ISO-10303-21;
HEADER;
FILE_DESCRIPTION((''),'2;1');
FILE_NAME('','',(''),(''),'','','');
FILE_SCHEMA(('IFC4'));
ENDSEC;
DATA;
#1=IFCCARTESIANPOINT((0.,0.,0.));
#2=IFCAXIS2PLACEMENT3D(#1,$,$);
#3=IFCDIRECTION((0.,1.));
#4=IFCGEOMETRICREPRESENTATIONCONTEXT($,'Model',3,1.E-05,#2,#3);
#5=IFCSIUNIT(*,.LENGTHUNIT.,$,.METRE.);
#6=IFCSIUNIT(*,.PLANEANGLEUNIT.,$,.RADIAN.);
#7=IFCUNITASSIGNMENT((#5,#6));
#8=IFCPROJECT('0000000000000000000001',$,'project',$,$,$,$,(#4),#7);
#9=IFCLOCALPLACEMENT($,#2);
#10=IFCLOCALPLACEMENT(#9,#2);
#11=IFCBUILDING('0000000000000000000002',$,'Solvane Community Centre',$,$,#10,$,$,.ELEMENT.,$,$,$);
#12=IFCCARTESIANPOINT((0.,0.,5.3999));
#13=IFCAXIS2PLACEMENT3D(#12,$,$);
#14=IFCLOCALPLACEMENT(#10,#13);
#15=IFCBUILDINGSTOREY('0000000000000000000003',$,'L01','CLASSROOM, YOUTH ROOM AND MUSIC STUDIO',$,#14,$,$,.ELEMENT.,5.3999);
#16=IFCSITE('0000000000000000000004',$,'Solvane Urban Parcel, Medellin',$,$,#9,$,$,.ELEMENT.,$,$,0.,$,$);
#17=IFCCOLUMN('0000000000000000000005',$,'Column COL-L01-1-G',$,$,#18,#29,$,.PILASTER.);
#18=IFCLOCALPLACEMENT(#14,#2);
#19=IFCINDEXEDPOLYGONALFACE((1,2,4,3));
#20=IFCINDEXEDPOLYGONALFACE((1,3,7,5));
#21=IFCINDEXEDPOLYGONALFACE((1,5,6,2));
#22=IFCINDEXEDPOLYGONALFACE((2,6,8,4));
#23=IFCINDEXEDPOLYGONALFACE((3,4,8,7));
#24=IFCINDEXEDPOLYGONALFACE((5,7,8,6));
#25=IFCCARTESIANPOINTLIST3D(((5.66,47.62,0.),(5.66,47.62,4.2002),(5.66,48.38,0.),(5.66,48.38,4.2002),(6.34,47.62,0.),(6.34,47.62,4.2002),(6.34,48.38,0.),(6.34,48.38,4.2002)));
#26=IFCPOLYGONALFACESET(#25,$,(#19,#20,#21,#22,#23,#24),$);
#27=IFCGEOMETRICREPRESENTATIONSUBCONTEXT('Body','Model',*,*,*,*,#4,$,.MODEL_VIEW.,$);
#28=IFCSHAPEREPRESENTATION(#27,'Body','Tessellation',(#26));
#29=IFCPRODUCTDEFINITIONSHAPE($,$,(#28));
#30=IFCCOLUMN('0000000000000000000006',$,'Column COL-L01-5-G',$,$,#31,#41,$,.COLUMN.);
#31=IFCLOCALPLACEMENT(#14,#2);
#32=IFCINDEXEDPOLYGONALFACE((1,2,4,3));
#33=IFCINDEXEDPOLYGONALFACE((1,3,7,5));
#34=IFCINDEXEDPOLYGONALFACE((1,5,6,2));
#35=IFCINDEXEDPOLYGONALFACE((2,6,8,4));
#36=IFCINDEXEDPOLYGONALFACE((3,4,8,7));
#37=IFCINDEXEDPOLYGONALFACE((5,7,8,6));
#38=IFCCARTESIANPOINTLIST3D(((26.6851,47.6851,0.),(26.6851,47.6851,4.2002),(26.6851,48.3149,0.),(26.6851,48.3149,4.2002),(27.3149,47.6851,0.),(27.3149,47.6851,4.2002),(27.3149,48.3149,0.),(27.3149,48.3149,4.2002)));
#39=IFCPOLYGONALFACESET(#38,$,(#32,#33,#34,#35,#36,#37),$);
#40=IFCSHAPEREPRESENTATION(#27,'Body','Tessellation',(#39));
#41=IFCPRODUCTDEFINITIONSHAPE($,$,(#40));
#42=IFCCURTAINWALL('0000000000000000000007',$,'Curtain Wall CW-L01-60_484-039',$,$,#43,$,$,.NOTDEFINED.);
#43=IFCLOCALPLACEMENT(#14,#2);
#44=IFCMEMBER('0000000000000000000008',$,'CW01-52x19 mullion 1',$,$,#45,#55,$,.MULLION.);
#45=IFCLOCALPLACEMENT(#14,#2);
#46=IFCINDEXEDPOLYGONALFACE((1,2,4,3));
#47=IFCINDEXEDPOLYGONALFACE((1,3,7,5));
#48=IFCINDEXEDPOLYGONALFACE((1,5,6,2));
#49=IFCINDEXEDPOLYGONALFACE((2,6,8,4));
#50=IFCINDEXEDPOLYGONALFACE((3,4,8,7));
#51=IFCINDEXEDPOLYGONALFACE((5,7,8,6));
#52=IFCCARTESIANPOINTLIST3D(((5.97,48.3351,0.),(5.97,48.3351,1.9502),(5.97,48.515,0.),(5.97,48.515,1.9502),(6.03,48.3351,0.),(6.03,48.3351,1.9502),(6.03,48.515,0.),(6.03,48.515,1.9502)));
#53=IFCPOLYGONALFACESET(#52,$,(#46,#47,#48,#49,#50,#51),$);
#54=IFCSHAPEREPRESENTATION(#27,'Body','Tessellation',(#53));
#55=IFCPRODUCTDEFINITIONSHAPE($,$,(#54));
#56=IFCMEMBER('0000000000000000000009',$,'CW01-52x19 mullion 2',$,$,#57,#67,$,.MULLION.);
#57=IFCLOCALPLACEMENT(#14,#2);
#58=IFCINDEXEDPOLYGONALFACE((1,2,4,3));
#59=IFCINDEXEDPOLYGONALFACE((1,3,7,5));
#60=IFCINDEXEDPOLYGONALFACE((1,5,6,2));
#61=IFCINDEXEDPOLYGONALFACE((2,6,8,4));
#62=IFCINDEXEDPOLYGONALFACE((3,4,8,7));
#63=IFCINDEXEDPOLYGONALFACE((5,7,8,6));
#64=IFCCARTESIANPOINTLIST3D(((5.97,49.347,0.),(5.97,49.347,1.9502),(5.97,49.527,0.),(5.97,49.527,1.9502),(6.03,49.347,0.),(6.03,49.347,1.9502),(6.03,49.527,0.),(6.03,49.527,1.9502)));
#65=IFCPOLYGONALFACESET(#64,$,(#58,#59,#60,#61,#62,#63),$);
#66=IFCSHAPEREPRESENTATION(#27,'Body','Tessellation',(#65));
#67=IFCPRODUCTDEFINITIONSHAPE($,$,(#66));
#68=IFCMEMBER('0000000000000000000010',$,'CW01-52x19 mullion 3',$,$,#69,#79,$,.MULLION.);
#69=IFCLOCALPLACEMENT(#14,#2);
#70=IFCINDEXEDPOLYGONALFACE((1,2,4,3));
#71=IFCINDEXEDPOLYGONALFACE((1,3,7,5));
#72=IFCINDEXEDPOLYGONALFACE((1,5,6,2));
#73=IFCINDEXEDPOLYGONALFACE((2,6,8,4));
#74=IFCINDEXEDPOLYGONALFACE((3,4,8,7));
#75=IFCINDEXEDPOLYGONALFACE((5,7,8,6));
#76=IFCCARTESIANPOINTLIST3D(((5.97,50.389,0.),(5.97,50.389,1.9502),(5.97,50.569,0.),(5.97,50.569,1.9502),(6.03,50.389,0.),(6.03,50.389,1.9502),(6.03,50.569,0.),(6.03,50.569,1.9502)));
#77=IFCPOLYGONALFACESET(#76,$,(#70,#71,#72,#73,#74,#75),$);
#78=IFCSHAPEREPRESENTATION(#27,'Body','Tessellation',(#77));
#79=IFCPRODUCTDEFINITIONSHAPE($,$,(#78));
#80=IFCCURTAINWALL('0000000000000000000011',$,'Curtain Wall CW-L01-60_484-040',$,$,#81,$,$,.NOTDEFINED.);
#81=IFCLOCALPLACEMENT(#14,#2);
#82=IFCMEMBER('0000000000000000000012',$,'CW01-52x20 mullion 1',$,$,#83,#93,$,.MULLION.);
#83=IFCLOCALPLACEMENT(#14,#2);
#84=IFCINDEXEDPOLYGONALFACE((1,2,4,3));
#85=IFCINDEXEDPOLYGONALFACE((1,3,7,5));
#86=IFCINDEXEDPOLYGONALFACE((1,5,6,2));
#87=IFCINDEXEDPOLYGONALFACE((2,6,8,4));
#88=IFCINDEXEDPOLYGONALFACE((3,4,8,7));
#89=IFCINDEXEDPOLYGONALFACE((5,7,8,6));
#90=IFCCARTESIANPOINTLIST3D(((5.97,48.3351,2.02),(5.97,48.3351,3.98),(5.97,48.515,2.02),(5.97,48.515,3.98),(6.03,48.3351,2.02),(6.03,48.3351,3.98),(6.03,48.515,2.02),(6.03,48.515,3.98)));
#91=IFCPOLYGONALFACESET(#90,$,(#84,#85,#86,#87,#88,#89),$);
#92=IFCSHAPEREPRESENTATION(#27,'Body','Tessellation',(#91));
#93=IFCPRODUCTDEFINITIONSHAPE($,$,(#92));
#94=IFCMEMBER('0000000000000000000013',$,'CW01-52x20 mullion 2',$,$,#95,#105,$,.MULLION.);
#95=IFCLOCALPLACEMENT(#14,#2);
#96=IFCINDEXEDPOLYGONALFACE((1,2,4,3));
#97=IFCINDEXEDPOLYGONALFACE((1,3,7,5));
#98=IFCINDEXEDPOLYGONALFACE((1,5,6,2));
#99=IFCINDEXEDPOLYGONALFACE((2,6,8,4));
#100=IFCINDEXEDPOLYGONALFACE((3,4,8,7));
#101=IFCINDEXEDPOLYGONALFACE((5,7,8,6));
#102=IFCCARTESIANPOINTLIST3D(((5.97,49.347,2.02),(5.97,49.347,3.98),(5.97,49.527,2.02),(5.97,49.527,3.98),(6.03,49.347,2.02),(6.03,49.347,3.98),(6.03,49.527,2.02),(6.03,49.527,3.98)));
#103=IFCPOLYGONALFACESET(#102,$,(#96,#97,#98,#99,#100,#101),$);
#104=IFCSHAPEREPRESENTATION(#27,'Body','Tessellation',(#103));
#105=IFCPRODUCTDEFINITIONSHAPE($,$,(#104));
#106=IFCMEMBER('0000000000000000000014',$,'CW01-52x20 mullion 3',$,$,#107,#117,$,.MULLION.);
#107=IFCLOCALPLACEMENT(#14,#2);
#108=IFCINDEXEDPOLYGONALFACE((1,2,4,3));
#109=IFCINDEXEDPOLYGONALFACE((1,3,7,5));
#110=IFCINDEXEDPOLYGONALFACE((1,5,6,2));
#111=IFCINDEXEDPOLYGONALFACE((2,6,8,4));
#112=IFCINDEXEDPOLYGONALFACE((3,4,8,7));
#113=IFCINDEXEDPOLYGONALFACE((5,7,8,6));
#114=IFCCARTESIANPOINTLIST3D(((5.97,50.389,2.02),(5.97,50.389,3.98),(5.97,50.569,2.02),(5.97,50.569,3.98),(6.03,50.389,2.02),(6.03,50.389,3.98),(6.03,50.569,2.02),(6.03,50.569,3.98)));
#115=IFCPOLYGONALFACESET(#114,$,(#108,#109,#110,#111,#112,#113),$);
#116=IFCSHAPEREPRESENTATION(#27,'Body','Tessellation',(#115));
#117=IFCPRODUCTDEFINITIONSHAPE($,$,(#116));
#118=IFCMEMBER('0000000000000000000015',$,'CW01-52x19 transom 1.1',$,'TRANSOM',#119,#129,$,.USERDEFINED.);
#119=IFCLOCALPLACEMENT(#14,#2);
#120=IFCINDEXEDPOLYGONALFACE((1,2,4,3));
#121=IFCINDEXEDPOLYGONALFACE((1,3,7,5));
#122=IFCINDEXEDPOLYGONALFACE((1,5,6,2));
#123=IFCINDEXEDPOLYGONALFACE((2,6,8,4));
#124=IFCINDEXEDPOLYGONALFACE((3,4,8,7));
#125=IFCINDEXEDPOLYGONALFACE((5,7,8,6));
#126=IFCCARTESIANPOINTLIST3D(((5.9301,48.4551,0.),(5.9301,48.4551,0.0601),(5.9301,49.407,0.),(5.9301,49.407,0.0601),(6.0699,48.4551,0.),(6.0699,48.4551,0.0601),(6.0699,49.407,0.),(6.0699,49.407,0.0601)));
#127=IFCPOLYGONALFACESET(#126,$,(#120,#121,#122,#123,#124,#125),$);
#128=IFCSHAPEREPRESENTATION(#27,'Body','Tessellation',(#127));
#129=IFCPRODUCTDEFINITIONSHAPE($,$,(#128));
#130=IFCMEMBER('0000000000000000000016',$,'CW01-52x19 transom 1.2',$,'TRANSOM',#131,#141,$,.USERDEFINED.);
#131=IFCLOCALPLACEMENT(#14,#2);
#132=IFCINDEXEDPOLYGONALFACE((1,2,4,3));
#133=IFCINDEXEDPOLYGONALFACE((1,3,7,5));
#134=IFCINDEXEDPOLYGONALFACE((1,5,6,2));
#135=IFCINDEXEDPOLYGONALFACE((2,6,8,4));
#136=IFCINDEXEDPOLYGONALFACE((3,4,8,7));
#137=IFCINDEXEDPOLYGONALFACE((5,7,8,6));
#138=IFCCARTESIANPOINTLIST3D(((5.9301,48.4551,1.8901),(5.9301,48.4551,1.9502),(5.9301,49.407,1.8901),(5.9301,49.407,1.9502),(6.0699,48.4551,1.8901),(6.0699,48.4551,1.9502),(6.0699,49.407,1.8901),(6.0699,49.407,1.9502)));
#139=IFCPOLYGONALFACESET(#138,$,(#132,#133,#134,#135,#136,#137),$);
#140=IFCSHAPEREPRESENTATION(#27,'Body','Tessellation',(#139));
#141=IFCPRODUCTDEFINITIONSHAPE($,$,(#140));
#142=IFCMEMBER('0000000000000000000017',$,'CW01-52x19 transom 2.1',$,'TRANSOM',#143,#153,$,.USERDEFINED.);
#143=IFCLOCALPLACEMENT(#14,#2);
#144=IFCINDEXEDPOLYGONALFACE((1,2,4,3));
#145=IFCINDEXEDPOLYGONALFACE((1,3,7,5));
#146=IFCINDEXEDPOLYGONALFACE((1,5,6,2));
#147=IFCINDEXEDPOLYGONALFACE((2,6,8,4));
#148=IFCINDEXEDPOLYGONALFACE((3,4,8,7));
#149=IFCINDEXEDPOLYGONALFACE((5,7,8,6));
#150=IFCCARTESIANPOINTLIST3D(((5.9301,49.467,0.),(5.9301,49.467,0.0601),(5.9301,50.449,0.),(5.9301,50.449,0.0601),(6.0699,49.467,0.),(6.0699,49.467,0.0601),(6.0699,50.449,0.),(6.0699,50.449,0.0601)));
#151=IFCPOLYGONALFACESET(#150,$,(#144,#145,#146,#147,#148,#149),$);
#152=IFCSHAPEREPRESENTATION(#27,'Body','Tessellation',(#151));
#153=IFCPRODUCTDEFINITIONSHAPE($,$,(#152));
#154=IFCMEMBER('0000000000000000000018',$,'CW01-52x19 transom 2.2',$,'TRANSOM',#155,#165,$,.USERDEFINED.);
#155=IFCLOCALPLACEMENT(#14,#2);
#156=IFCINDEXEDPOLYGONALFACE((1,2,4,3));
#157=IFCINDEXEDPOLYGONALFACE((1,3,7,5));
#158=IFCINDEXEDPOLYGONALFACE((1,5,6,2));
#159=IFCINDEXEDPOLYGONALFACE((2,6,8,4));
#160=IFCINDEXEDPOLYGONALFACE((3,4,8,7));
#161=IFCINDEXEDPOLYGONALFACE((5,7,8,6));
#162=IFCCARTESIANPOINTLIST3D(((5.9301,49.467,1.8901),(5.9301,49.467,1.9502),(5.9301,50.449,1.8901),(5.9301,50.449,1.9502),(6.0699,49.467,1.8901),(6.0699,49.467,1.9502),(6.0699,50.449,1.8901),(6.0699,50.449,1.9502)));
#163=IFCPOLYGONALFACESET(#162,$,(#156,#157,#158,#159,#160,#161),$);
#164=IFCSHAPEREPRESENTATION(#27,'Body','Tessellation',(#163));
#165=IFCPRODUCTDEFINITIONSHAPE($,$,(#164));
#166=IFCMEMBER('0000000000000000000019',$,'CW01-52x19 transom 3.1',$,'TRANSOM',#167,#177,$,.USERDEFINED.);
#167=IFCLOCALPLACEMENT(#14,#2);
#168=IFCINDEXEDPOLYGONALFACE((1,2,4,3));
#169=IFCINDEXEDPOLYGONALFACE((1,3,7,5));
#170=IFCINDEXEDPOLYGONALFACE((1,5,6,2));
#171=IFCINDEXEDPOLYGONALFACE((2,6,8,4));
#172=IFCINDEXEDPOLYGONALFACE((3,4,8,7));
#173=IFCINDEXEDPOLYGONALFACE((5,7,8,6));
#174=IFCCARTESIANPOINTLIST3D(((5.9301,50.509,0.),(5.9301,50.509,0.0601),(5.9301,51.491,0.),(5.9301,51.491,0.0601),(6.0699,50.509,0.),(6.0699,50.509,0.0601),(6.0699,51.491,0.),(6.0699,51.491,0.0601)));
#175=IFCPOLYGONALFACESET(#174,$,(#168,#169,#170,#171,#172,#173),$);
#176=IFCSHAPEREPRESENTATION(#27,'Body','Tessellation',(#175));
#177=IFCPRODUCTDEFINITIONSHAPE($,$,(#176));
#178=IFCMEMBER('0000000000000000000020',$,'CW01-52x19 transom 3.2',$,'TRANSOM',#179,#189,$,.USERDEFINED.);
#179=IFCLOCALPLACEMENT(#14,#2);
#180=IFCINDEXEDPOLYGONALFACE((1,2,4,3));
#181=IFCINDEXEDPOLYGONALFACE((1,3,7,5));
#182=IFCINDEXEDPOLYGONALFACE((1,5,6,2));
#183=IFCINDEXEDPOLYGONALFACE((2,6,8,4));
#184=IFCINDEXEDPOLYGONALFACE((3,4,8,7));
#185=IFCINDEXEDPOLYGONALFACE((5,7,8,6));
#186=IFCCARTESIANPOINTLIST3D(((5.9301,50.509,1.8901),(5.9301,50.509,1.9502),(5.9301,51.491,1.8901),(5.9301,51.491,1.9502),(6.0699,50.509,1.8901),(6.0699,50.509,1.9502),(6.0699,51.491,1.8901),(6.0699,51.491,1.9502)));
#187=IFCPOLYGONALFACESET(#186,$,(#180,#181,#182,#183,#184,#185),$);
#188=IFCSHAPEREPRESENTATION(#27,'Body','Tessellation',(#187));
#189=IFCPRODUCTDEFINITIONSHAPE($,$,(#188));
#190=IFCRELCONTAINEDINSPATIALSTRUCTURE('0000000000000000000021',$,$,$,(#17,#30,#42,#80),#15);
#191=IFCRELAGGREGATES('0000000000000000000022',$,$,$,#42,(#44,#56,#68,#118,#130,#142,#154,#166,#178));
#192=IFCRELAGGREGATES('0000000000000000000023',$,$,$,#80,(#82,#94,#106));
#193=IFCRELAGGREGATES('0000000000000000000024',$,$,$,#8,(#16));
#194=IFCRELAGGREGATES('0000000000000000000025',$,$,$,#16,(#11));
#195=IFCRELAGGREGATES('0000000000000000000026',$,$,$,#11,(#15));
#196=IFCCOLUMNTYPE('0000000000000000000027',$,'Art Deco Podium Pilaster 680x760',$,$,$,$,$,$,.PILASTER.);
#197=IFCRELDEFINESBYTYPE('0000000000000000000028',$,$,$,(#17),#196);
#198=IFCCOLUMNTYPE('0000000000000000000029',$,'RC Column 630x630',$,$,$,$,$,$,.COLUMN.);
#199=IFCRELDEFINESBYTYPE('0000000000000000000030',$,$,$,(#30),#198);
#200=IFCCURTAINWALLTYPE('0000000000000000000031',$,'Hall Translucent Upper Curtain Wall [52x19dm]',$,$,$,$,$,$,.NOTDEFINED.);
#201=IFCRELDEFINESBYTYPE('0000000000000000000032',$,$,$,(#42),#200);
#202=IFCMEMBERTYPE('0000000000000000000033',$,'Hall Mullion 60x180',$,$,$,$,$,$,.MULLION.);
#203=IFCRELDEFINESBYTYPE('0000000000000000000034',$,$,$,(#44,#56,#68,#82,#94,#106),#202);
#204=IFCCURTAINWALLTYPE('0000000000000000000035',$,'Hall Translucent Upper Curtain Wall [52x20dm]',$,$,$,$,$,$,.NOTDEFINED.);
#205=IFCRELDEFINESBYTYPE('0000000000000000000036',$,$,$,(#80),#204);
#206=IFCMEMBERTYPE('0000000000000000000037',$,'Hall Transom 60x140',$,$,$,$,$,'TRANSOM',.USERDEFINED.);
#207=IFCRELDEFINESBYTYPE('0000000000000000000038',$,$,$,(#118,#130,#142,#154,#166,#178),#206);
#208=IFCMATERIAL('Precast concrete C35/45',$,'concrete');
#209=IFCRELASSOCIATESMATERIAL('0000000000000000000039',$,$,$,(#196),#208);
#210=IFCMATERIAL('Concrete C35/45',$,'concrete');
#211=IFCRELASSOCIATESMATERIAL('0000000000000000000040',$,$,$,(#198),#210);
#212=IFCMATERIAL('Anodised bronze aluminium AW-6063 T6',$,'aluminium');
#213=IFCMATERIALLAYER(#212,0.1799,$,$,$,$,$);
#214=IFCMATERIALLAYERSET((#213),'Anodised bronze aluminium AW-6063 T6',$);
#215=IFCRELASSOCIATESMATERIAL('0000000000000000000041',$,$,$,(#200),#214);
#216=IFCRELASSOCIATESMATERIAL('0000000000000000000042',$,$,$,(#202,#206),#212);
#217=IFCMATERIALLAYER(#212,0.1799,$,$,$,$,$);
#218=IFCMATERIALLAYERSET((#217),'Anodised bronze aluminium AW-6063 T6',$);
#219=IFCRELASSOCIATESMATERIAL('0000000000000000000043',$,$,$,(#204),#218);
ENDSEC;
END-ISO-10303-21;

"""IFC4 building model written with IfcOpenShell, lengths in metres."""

from ifc_helpers import new_model, si_unit, direction, frame, origin, origin_2d, place, context, subcontext, project, spatial, rectangle, extrude, material, layer, layer_set, material_profile, profile_set, type_object, element, aggregate, save


model = new_model("IFC4")

# Units and contexts
model_context = context("Model", 3, precision=1e-05, world=origin(), true_north=direction((0.0, 1.0)))
body_context = subcontext(model_context, "Body", "Model", "MODEL_VIEW")
ifc_project = project(units=[si_unit("LENGTHUNIT", "METRE"), si_unit("PLANEANGLEUNIT", "RADIAN")], contexts=[model_context])

# Site, building, storey
site_placement = place(None, origin())
site = spatial("IfcSite", under=ifc_project, at=site_placement, Name="Solvane Urban Parcel, Medellin", CompositionType="ELEMENT", RefElevation=0.0)
building_placement = place(site_placement, origin())
building = spatial("IfcBuilding", under=site, at=building_placement, Name="Solvane Community Centre", CompositionType="ELEMENT")
storey_placement = place(building_placement, frame((0.0, 0.0, 5.3999)))
storey = spatial("IfcBuildingStorey", under=building, at=storey_placement, Name="L01", Description="CLASSROOM, YOUTH ROOM AND MUSIC STUDIO", CompositionType="ELEMENT", Elevation=5.3999)

# Columns
ifc_material_1 = material(Name="Precast concrete C35/45", Category="concrete")
ifc_material_profile_1 = material_profile(ifc_material_1, rectangle(XDim=0.6799, YDim=0.76, at=origin_2d()), Name="RC 680x760")
ifc_profile_set_1 = profile_set([ifc_material_profile_1], Name="Precast concrete C35/45")
column_type_1 = type_object("IfcColumnType", Name="Art Deco Podium Pilaster 680x760", PredefinedType="PILASTER", material=ifc_profile_set_1)
column_1_placement = place(storey_placement, frame((6.0, 48.0, 0.0), z_axis=(0.0, 0.0, 1.0), x_axis=(1.0, 0.0, 0.0)))
element("IfcColumn", 1, at=column_1_placement, inside=storey, type_object=column_type_1, Name="Column COL-L01-1-G", PredefinedType="PILASTER", context=body_context, shape_type="SweptSolid", body=[
    extrude(rectangle(XDim=0.6799, YDim=0.76, at=origin_2d()), origin(), (0.0, 0.0, 1.0), 4.2002),
])
ifc_material_2 = material(Name="Concrete C35/45", Category="concrete")
ifc_material_profile_2 = material_profile(ifc_material_2, rectangle(XDim=0.6299, YDim=0.6299, at=origin_2d()), Name="RC 630x630")
ifc_profile_set_2 = profile_set([ifc_material_profile_2], Name="Concrete C35/45")
column_type_2 = type_object("IfcColumnType", Name="RC Column 630x630", PredefinedType="COLUMN", material=ifc_profile_set_2)
column_2_placement = place(storey_placement, frame((27.0, 48.0, 0.0), z_axis=(0.0, 0.0, 1.0), x_axis=(1.0, 0.0, 0.0)))
element("IfcColumn", 2, at=column_2_placement, inside=storey, type_object=column_type_2, Name="Column COL-L01-5-G", PredefinedType="COLUMN", context=body_context, shape_type="SweptSolid", body=[
    extrude(rectangle(XDim=0.6299, YDim=0.6299, at=origin_2d()), origin(), (0.0, 0.0, 1.0), 4.2002),
])

# Curtain walls, members
ifc_material_3 = material(Name="Anodised bronze aluminium AW-6063 T6", Category="aluminium")
ifc_layer_1 = layer(ifc_material_3, 0.1799)
ifc_layer_set_1 = layer_set([ifc_layer_1], Name="Anodised bronze aluminium AW-6063 T6")
curtain_wall_type_1 = type_object("IfcCurtainWallType", Name="Hall Translucent Upper Curtain Wall [52x19dm]", PredefinedType="NOTDEFINED", material=ifc_layer_set_1)
curtain_wall_1_placement = place(storey_placement, origin())
curtain_wall_1 = element("IfcCurtainWall", 3, at=curtain_wall_1_placement, inside=storey, type_object=curtain_wall_type_1, Name="Curtain Wall CW-L01-60_484-039", PredefinedType="NOTDEFINED")
ifc_material_profile_3 = material_profile(ifc_material_3, rectangle(XDim=0.0601, YDim=0.1799, at=origin_2d()), Name="CW-M 60x180")
ifc_profile_set_3 = profile_set([ifc_material_profile_3], Name="Anodised bronze aluminium AW-6063 T6")
member_type_1 = type_object("IfcMemberType", Name="Hall Mullion 60x180", PredefinedType="MULLION", material=ifc_profile_set_3)
member_1_placement = place(storey_placement, frame((6.0, 48.425, 0.0), z_axis=(0.0, 0.0, 1.0), x_axis=(-1.0, 0.0, 0.0)))
member_1 = element("IfcMember", 4, at=member_1_placement, type_object=member_type_1, Name="CW01-52x19 mullion 1", PredefinedType="MULLION", context=body_context, shape_type="SweptSolid", body=[
    extrude(rectangle(XDim=0.0601, YDim=0.1799, at=origin_2d()), origin(), (0.0, 0.0, 1.0), 1.9502),
])
member_2_placement = place(storey_placement, frame((6.0, 49.437, 0.0), z_axis=(0.0, 0.0, 1.0), x_axis=(-1.0, 0.0, 0.0)))
member_2 = element("IfcMember", 5, at=member_2_placement, type_object=member_type_1, Name="CW01-52x19 mullion 2", PredefinedType="MULLION", context=body_context, shape_type="SweptSolid", body=[
    extrude(rectangle(XDim=0.0601, YDim=0.1799, at=origin_2d()), origin(), (0.0, 0.0, 1.0), 1.9502),
])
member_3_placement = place(storey_placement, frame((6.0, 50.479, 0.0), z_axis=(0.0, 0.0, 1.0), x_axis=(-1.0, 0.0, 0.0)))
member_3 = element("IfcMember", 6, at=member_3_placement, type_object=member_type_1, Name="CW01-52x19 mullion 3", PredefinedType="MULLION", context=body_context, shape_type="SweptSolid", body=[
    extrude(rectangle(XDim=0.0601, YDim=0.1799, at=origin_2d()), origin(), (0.0, 0.0, 1.0), 1.9502),
])
ifc_layer_2 = layer(ifc_material_3, 0.1799)
ifc_layer_set_2 = layer_set([ifc_layer_2], Name="Anodised bronze aluminium AW-6063 T6")
curtain_wall_type_2 = type_object("IfcCurtainWallType", Name="Hall Translucent Upper Curtain Wall [52x20dm]", PredefinedType="NOTDEFINED", material=ifc_layer_set_2)
curtain_wall_2_placement = place(storey_placement, origin())
curtain_wall_2 = element("IfcCurtainWall", 7, at=curtain_wall_2_placement, inside=storey, type_object=curtain_wall_type_2, Name="Curtain Wall CW-L01-60_484-040", PredefinedType="NOTDEFINED")
member_4_placement = place(storey_placement, frame((6.0, 48.425, 2.02), z_axis=(0.0, 0.0, 1.0), x_axis=(-1.0, 0.0, 0.0)))
member_4 = element("IfcMember", 8, at=member_4_placement, type_object=member_type_1, Name="CW01-52x20 mullion 1", PredefinedType="MULLION", context=body_context, shape_type="SweptSolid", body=[
    extrude(rectangle(XDim=0.0601, YDim=0.1799, at=origin_2d()), origin(), (0.0, 0.0, 1.0), 1.96),
])
member_5_placement = place(storey_placement, frame((6.0, 49.437, 2.02), z_axis=(0.0, 0.0, 1.0), x_axis=(-1.0, 0.0, 0.0)))
member_5 = element("IfcMember", 9, at=member_5_placement, type_object=member_type_1, Name="CW01-52x20 mullion 2", PredefinedType="MULLION", context=body_context, shape_type="SweptSolid", body=[
    extrude(rectangle(XDim=0.0601, YDim=0.1799, at=origin_2d()), origin(), (0.0, 0.0, 1.0), 1.96),
])
member_6_placement = place(storey_placement, frame((6.0, 50.479, 2.02), z_axis=(0.0, 0.0, 1.0), x_axis=(-1.0, 0.0, 0.0)))
member_6 = element("IfcMember", 10, at=member_6_placement, type_object=member_type_1, Name="CW01-52x20 mullion 3", PredefinedType="MULLION", context=body_context, shape_type="SweptSolid", body=[
    extrude(rectangle(XDim=0.0601, YDim=0.1799, at=origin_2d()), origin(), (0.0, 0.0, 1.0), 1.96),
])

# Members
ifc_material_profile_4 = material_profile(ifc_material_3, rectangle(XDim=0.1399, YDim=0.0601, at=origin_2d()), Name="CW-T 60x140")
ifc_profile_set_4 = profile_set([ifc_material_profile_4], Name="Anodised bronze aluminium AW-6063 T6")
member_type_2 = type_object("IfcMemberType", Name="Hall Transom 60x140", ElementType="TRANSOM", PredefinedType="USERDEFINED", material=ifc_profile_set_4)
member_7_placement = place(storey_placement, frame((6.0, 48.4551, 0.03), z_axis=(0.0, 1.0, 0.0), x_axis=(-1.0, 0.0, 0.0)))
member_7 = element("IfcMember", 11, at=member_7_placement, type_object=member_type_2, Name="CW01-52x19 transom 1.1", ObjectType="TRANSOM", PredefinedType="USERDEFINED", context=body_context, shape_type="SweptSolid", body=[
    extrude(rectangle(XDim=0.1399, YDim=0.0601, at=origin_2d()), origin(), (0.0, 0.0, 1.0), 0.9519),
])
member_8_placement = place(storey_placement, frame((6.0, 48.4551, 1.9202), z_axis=(0.0, 1.0, 0.0), x_axis=(-1.0, 0.0, 0.0)))
member_8 = element("IfcMember", 12, at=member_8_placement, type_object=member_type_2, Name="CW01-52x19 transom 1.2", ObjectType="TRANSOM", PredefinedType="USERDEFINED", context=body_context, shape_type="SweptSolid", body=[
    extrude(rectangle(XDim=0.1399, YDim=0.0601, at=origin_2d()), origin(), (0.0, 0.0, 1.0), 0.9519),
])
member_9_placement = place(storey_placement, frame((6.0, 49.467, 0.03), z_axis=(0.0, 1.0, 0.0), x_axis=(-1.0, 0.0, 0.0)))
member_9 = element("IfcMember", 13, at=member_9_placement, type_object=member_type_2, Name="CW01-52x19 transom 2.1", ObjectType="TRANSOM", PredefinedType="USERDEFINED", context=body_context, shape_type="SweptSolid", body=[
    extrude(rectangle(XDim=0.1399, YDim=0.0601, at=origin_2d()), origin(), (0.0, 0.0, 1.0), 0.9819),
])
member_10_placement = place(storey_placement, frame((6.0, 49.467, 1.9202), z_axis=(0.0, 1.0, 0.0), x_axis=(-1.0, 0.0, 0.0)))
member_10 = element("IfcMember", 14, at=member_10_placement, type_object=member_type_2, Name="CW01-52x19 transom 2.2", ObjectType="TRANSOM", PredefinedType="USERDEFINED", context=body_context, shape_type="SweptSolid", body=[
    extrude(rectangle(XDim=0.1399, YDim=0.0601, at=origin_2d()), origin(), (0.0, 0.0, 1.0), 0.9819),
])
member_11_placement = place(storey_placement, frame((6.0, 50.509, 0.03), z_axis=(0.0, 1.0, 0.0), x_axis=(-1.0, 0.0, 0.0)))
member_11 = element("IfcMember", 15, at=member_11_placement, type_object=member_type_2, Name="CW01-52x19 transom 3.1", ObjectType="TRANSOM", PredefinedType="USERDEFINED", context=body_context, shape_type="SweptSolid", body=[
    extrude(rectangle(XDim=0.1399, YDim=0.0601, at=origin_2d()), origin(), (0.0, 0.0, 1.0), 0.9819),
])
member_12_placement = place(storey_placement, frame((6.0, 50.509, 1.9202), z_axis=(0.0, 1.0, 0.0), x_axis=(-1.0, 0.0, 0.0)))
member_12 = element("IfcMember", 16, at=member_12_placement, type_object=member_type_2, Name="CW01-52x19 transom 3.2", ObjectType="TRANSOM", PredefinedType="USERDEFINED", context=body_context, shape_type="SweptSolid", body=[
    extrude(rectangle(XDim=0.1399, YDim=0.0601, at=origin_2d()), origin(), (0.0, 0.0, 1.0), 0.9819),
])

aggregate(curtain_wall_1, [member_1, member_2, member_3, member_7, member_8, member_9, member_10, member_11, member_12])
aggregate(curtain_wall_2, [member_4, member_5, member_6])

save(model, "model.ifc")
